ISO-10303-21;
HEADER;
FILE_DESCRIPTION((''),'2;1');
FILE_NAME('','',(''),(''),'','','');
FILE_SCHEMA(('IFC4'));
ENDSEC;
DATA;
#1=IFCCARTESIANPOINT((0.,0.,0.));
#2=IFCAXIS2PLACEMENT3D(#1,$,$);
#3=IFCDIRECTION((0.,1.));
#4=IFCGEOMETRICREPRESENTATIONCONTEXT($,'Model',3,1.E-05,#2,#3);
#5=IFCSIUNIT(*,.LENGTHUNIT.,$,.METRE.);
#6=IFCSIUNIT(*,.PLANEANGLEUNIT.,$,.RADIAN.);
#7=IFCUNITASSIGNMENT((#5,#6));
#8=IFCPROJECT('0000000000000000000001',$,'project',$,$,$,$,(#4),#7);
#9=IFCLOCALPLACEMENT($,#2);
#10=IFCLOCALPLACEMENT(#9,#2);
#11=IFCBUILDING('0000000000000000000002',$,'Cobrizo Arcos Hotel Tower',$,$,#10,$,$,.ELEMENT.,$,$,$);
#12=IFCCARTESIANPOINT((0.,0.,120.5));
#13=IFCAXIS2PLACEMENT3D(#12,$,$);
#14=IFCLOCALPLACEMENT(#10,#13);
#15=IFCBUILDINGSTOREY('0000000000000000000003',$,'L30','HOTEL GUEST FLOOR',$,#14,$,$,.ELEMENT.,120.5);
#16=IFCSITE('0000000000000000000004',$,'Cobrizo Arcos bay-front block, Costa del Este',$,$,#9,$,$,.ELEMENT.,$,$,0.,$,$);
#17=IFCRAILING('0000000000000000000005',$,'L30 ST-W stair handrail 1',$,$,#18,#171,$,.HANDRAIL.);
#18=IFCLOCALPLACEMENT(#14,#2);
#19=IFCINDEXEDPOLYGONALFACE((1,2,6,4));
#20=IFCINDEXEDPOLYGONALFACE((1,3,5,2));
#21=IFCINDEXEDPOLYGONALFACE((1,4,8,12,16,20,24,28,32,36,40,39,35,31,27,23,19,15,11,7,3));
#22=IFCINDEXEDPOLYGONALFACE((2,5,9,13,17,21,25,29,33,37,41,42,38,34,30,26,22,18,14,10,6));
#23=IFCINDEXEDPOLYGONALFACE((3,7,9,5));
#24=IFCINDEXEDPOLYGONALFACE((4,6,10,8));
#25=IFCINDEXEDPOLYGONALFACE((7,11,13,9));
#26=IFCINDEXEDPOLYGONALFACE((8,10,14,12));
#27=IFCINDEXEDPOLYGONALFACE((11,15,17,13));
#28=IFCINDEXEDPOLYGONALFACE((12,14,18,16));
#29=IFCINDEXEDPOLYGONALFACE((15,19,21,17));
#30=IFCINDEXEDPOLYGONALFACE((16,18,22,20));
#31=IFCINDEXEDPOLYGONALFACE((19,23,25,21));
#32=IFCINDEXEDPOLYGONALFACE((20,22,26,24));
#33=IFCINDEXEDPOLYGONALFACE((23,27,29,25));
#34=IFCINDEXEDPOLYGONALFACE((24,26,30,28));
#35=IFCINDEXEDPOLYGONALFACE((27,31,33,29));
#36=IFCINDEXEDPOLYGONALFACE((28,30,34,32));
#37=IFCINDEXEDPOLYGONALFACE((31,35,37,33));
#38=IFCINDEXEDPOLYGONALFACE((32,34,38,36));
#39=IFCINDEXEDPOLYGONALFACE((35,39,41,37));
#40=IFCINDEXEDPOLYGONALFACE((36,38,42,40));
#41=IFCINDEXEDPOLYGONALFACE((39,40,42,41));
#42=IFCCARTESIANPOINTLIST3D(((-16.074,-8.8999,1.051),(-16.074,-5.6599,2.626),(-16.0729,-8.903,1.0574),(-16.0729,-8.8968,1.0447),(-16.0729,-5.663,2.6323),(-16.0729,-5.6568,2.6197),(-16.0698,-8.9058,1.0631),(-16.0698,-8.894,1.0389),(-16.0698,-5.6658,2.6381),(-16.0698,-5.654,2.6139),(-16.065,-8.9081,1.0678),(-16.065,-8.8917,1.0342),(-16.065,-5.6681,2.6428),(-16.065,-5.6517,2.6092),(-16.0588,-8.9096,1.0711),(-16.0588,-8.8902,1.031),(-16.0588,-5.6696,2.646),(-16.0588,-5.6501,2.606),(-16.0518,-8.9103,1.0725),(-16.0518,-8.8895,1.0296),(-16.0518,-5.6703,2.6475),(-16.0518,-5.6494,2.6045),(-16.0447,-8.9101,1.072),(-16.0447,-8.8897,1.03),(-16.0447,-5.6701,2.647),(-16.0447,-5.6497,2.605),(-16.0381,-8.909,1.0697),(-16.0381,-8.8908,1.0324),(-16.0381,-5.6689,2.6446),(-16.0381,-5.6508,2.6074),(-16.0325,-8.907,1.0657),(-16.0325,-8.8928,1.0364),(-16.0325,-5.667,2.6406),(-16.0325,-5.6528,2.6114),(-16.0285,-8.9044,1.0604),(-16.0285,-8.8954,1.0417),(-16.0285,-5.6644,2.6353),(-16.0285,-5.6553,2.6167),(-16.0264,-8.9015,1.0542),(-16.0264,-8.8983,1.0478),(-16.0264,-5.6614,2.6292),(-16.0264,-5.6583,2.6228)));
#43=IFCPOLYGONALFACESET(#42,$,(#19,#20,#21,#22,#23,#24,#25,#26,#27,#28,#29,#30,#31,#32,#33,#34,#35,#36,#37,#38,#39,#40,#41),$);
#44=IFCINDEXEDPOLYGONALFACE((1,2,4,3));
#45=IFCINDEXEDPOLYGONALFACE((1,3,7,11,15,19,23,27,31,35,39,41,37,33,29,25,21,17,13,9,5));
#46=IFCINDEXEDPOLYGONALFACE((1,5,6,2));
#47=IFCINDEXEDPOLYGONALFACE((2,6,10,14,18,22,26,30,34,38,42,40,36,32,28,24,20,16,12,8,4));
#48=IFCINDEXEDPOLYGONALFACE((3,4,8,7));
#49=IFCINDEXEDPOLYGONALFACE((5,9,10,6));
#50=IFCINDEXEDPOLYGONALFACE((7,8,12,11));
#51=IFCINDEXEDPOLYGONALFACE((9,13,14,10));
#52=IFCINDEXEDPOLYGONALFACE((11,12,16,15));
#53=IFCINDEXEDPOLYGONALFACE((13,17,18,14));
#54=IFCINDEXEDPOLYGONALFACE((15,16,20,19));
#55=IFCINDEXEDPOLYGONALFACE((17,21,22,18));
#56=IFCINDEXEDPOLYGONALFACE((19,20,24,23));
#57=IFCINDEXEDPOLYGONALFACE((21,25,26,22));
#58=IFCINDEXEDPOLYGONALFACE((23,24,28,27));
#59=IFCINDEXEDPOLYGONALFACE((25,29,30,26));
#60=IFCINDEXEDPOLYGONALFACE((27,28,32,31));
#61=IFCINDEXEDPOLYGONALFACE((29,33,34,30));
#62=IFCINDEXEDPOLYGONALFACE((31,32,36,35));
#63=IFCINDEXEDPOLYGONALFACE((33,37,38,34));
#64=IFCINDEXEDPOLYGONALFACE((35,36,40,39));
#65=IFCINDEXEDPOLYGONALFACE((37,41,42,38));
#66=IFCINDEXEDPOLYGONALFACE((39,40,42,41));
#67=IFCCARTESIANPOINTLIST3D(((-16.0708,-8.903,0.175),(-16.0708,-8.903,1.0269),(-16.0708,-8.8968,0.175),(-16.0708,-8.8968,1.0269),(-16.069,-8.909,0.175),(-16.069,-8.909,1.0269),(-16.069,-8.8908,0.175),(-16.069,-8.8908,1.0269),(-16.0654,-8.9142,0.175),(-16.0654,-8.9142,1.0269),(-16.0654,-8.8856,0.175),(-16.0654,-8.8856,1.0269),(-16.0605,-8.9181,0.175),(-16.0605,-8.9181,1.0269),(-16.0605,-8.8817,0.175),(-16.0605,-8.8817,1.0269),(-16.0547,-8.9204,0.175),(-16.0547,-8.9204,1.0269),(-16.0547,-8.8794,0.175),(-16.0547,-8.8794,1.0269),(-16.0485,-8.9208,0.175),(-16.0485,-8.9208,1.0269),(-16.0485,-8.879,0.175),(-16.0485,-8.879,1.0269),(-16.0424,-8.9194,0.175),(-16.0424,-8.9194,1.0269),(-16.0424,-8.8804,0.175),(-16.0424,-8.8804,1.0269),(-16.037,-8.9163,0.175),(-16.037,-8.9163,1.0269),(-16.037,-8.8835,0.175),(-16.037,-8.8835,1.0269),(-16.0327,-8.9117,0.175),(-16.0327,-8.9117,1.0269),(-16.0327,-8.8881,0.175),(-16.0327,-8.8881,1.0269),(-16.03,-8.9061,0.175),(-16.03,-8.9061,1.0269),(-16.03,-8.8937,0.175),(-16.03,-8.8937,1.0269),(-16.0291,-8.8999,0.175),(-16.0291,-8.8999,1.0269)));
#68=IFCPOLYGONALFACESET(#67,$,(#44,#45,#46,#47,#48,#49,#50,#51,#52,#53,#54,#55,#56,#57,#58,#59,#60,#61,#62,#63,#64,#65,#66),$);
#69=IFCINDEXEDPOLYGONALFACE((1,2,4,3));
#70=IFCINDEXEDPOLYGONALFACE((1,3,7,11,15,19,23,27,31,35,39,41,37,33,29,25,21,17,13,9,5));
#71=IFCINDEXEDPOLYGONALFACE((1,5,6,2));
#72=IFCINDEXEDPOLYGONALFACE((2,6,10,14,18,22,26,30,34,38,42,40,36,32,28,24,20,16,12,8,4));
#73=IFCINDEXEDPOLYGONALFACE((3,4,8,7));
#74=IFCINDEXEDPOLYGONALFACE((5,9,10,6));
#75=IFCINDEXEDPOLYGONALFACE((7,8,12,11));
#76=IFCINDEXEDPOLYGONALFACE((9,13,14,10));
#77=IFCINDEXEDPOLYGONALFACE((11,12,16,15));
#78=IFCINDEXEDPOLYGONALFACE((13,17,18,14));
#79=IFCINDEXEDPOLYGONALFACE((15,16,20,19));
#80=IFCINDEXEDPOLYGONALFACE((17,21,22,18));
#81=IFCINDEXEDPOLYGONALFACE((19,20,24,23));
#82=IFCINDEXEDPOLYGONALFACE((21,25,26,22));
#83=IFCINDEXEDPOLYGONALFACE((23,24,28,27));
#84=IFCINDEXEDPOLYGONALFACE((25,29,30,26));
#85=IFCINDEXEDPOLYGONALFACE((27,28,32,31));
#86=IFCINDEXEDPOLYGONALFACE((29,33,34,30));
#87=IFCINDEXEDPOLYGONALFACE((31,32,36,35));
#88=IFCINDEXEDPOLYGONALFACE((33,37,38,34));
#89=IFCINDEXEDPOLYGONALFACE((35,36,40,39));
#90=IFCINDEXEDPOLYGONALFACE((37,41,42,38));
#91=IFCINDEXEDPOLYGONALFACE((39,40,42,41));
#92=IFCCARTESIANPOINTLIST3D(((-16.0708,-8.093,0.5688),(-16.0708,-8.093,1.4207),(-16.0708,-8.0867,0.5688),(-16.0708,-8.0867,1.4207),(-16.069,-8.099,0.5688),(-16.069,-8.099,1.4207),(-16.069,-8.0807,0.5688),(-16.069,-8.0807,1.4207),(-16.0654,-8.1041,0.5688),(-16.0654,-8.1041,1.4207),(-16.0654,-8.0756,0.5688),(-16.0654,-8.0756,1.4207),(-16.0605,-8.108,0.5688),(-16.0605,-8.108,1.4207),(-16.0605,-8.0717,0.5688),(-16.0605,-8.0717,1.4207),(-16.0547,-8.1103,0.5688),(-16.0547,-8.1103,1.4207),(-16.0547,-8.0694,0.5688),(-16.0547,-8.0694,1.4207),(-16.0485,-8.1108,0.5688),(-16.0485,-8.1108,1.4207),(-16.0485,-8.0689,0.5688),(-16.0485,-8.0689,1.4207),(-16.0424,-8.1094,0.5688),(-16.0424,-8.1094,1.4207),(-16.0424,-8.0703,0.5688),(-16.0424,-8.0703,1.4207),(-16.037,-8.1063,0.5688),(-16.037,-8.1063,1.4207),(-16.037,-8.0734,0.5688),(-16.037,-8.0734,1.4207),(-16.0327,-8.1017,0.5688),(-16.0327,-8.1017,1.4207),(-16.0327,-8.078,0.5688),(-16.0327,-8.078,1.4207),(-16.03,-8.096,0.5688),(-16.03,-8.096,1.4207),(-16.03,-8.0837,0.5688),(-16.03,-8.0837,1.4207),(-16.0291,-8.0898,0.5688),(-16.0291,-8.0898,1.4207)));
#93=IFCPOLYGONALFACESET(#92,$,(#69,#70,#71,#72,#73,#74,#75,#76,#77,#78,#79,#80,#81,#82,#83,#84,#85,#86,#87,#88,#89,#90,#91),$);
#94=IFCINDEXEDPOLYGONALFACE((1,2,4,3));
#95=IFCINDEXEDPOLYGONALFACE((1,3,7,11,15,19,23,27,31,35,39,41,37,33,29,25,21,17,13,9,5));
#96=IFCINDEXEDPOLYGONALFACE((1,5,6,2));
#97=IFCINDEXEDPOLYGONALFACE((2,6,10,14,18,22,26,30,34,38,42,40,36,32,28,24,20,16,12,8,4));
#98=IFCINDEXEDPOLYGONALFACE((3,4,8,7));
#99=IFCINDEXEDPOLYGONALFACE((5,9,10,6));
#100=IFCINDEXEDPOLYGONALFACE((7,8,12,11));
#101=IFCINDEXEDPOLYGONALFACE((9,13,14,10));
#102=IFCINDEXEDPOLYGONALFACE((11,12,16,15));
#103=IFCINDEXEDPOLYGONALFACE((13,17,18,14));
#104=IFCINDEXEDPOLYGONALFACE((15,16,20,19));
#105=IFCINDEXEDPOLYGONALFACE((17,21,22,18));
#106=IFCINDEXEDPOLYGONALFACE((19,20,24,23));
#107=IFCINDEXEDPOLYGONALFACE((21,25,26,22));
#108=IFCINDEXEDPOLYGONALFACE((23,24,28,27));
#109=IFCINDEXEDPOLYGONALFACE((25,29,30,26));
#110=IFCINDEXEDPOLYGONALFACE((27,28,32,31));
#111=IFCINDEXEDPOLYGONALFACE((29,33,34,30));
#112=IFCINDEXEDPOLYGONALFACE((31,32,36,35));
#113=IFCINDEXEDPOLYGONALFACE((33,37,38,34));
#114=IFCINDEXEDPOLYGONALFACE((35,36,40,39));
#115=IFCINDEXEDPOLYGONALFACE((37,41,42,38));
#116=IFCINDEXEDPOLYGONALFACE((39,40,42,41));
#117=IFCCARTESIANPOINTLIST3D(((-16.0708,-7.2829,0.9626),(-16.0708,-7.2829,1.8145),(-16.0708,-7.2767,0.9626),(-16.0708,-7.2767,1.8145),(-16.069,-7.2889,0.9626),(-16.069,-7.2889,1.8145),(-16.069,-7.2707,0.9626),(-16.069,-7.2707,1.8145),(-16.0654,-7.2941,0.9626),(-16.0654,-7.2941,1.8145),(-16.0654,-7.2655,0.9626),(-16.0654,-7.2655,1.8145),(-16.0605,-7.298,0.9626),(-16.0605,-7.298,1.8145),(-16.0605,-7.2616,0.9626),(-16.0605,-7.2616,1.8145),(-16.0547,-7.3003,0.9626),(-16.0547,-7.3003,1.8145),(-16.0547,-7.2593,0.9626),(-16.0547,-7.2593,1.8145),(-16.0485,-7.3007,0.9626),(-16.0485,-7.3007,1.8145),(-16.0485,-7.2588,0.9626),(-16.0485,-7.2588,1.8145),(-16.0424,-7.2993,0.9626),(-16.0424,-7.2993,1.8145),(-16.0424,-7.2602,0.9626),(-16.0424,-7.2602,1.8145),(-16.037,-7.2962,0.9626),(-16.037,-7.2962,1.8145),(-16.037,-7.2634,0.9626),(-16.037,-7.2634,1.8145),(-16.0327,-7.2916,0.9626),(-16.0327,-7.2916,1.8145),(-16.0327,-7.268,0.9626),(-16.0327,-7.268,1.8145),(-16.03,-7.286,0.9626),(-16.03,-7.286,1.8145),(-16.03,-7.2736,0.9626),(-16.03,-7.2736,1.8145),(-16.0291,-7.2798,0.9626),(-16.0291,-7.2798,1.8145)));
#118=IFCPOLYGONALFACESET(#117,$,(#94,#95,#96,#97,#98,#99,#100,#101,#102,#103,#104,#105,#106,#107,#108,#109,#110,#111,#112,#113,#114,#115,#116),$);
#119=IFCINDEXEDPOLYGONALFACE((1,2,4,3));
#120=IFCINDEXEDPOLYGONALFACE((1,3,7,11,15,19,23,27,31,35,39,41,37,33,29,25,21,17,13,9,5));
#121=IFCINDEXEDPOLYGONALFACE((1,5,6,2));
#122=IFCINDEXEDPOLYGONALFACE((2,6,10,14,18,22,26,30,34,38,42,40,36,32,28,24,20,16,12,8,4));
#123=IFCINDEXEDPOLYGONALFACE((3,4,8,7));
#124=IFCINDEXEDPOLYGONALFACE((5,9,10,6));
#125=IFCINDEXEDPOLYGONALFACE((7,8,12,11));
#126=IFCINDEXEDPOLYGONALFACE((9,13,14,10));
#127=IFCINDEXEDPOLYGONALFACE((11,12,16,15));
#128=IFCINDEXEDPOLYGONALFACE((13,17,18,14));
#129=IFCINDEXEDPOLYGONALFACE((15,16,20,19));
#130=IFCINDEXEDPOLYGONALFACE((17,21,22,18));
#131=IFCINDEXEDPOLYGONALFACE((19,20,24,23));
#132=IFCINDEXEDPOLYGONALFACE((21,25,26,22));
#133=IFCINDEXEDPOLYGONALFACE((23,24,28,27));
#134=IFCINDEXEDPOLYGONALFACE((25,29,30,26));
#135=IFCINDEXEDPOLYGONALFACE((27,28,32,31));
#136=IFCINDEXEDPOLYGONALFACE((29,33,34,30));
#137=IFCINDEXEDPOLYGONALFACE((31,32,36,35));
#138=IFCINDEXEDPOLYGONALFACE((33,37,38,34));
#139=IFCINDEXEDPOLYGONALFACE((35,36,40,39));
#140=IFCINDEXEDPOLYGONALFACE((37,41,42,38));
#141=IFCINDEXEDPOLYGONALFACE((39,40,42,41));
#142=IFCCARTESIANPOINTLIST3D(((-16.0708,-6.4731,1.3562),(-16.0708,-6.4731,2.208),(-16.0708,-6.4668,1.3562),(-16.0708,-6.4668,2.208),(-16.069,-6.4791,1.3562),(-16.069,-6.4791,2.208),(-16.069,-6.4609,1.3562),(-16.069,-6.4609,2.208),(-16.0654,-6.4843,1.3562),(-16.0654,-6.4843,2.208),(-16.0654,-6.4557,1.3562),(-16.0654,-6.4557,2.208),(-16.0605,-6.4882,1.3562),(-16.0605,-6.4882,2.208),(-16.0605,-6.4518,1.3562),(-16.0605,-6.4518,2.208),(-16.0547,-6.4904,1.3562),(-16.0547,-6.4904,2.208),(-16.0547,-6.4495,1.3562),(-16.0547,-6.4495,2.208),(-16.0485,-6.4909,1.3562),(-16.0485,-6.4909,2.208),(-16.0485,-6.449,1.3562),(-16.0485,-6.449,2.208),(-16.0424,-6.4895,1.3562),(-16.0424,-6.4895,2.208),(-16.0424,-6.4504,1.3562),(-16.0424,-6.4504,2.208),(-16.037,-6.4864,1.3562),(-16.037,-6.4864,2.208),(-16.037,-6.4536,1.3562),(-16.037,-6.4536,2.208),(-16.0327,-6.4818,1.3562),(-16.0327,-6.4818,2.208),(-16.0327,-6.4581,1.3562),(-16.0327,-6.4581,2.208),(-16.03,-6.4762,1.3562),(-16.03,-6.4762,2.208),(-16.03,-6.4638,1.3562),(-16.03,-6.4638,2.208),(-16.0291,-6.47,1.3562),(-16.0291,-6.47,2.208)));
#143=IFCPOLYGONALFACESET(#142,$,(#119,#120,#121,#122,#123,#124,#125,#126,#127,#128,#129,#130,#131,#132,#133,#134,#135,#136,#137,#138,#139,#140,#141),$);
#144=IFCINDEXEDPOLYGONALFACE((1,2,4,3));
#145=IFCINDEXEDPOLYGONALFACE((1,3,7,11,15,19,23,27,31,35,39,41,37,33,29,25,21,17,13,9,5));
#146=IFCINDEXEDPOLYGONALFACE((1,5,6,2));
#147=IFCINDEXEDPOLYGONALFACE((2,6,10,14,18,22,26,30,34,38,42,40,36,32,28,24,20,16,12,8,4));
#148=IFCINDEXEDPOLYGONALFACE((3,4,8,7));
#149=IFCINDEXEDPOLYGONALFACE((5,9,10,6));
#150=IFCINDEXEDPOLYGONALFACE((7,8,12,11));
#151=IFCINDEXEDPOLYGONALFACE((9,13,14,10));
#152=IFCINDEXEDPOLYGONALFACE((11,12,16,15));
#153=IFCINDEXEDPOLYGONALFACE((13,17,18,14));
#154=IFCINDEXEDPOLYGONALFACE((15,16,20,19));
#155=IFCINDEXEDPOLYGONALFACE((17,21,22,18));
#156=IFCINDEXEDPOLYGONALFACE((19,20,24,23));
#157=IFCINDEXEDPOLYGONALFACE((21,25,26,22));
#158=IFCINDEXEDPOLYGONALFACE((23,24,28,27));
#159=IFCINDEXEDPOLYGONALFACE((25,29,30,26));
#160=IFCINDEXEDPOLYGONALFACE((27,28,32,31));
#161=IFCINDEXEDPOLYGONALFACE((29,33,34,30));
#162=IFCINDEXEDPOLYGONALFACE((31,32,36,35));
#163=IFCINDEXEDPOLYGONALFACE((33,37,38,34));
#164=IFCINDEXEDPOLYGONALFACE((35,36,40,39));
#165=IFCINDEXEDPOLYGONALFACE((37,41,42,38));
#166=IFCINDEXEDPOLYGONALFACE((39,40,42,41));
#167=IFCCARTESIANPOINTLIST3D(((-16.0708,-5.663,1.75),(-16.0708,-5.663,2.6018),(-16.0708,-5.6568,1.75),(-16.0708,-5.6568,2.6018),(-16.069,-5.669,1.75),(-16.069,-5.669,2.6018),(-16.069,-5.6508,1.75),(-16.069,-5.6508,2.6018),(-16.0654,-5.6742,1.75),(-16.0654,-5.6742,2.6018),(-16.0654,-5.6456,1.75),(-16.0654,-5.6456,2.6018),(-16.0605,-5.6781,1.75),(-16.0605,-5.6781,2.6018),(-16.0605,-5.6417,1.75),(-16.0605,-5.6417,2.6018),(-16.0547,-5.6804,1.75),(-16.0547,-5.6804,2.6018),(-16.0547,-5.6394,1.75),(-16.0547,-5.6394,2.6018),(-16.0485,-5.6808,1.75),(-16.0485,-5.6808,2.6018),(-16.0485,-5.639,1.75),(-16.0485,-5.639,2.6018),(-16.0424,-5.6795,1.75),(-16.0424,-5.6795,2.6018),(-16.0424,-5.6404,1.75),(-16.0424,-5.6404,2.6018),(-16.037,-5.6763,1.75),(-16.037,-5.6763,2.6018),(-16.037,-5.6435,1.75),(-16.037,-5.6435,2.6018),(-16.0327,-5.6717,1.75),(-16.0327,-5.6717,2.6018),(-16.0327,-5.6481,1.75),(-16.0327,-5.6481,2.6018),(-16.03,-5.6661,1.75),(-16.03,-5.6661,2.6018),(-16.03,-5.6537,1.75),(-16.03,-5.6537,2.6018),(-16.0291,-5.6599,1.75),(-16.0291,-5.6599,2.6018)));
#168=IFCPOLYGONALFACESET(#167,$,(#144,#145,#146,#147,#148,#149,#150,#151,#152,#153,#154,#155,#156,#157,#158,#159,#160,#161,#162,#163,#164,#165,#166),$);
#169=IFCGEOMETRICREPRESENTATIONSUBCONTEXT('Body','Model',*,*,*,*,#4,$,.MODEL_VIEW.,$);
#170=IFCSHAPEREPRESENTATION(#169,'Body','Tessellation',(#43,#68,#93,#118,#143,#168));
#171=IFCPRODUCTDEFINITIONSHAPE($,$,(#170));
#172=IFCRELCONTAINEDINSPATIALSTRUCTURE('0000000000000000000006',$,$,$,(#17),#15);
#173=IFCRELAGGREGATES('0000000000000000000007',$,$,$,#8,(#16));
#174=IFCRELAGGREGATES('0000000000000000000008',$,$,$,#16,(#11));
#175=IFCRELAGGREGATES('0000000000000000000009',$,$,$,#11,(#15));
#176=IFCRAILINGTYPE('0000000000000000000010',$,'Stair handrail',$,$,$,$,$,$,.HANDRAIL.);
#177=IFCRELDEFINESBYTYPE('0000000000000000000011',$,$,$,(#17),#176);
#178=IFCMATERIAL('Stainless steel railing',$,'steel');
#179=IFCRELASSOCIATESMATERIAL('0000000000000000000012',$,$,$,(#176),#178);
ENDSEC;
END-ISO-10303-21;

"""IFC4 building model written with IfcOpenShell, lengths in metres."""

from ifc_helpers import new_model, si_unit, direction, frame, origin, origin_2d, place, context, subcontext, project, spatial, circle, extrude, material, type_object, element, save


model = new_model("IFC4")

# Units and contexts
model_context = context("Model", 3, precision=1e-05, world=origin(), true_north=direction((0.0, 1.0)))
body_context = subcontext(model_context, "Body", "Model", "MODEL_VIEW")
ifc_project = project(units=[si_unit("LENGTHUNIT", "METRE"), si_unit("PLANEANGLEUNIT", "RADIAN")], contexts=[model_context])

# Site, building, storey
site_placement = place(None, origin())
site = spatial("IfcSite", under=ifc_project, at=site_placement, Name="Cobrizo Arcos bay-front block, Costa del Este", CompositionType="ELEMENT", RefElevation=0.0)
building_placement = place(site_placement, origin())
building = spatial("IfcBuilding", under=site, at=building_placement, Name="Cobrizo Arcos Hotel Tower", CompositionType="ELEMENT")
storey_placement = place(building_placement, frame((0.0, 0.0, 120.5)))
storey = spatial("IfcBuildingStorey", under=building, at=storey_placement, Name="L30", Description="HOTEL GUEST FLOOR", CompositionType="ELEMENT", Elevation=120.5)

# Railing
ifc_material_1 = material(Name="Stainless steel railing", Category="steel")
railing_type_1 = type_object("IfcRailingType", Name="Stair handrail", PredefinedType="HANDRAIL", material=ifc_material_1)
railing_1_placement = place(storey_placement, frame((-16.05, -8.8999, 0.175)))
element("IfcRailing", 1, at=railing_1_placement, inside=storey, type_object=railing_type_1, Name="L30 ST-W stair handrail 1", PredefinedType="HANDRAIL", context=body_context, shape_type="SweptSolid", body=[
    extrude(circle(Radius=0.0239, at=origin_2d()), frame((0.0, 0.0, 0.876), z_axis=(0.0, 0.899373, 0.437183), x_axis=(-1.0, 0.0, 0.0)), (0.0, 0.0, 1.0), 3.6025),
    extrude(circle(Radius=0.021, at=origin_2d()), origin(), (0.0, 0.0, 1.0), 0.8518),
    extrude(circle(Radius=0.021, at=origin_2d()), frame((0.0, 0.8101, 0.3938)), (0.0, 0.0, 1.0), 0.8518),
    extrude(circle(Radius=0.021, at=origin_2d()), frame((0.0, 1.6201, 0.7876)), (0.0, 0.0, 1.0), 0.8518),
    extrude(circle(Radius=0.021, at=origin_2d()), frame((0.0, 2.4299, 1.1812)), (0.0, 0.0, 1.0), 0.8518),
    extrude(circle(Radius=0.021, at=origin_2d()), frame((0.0, 3.24, 1.575)), (0.0, 0.0, 1.0), 0.8518),
])

save(model, "model.ifc")
